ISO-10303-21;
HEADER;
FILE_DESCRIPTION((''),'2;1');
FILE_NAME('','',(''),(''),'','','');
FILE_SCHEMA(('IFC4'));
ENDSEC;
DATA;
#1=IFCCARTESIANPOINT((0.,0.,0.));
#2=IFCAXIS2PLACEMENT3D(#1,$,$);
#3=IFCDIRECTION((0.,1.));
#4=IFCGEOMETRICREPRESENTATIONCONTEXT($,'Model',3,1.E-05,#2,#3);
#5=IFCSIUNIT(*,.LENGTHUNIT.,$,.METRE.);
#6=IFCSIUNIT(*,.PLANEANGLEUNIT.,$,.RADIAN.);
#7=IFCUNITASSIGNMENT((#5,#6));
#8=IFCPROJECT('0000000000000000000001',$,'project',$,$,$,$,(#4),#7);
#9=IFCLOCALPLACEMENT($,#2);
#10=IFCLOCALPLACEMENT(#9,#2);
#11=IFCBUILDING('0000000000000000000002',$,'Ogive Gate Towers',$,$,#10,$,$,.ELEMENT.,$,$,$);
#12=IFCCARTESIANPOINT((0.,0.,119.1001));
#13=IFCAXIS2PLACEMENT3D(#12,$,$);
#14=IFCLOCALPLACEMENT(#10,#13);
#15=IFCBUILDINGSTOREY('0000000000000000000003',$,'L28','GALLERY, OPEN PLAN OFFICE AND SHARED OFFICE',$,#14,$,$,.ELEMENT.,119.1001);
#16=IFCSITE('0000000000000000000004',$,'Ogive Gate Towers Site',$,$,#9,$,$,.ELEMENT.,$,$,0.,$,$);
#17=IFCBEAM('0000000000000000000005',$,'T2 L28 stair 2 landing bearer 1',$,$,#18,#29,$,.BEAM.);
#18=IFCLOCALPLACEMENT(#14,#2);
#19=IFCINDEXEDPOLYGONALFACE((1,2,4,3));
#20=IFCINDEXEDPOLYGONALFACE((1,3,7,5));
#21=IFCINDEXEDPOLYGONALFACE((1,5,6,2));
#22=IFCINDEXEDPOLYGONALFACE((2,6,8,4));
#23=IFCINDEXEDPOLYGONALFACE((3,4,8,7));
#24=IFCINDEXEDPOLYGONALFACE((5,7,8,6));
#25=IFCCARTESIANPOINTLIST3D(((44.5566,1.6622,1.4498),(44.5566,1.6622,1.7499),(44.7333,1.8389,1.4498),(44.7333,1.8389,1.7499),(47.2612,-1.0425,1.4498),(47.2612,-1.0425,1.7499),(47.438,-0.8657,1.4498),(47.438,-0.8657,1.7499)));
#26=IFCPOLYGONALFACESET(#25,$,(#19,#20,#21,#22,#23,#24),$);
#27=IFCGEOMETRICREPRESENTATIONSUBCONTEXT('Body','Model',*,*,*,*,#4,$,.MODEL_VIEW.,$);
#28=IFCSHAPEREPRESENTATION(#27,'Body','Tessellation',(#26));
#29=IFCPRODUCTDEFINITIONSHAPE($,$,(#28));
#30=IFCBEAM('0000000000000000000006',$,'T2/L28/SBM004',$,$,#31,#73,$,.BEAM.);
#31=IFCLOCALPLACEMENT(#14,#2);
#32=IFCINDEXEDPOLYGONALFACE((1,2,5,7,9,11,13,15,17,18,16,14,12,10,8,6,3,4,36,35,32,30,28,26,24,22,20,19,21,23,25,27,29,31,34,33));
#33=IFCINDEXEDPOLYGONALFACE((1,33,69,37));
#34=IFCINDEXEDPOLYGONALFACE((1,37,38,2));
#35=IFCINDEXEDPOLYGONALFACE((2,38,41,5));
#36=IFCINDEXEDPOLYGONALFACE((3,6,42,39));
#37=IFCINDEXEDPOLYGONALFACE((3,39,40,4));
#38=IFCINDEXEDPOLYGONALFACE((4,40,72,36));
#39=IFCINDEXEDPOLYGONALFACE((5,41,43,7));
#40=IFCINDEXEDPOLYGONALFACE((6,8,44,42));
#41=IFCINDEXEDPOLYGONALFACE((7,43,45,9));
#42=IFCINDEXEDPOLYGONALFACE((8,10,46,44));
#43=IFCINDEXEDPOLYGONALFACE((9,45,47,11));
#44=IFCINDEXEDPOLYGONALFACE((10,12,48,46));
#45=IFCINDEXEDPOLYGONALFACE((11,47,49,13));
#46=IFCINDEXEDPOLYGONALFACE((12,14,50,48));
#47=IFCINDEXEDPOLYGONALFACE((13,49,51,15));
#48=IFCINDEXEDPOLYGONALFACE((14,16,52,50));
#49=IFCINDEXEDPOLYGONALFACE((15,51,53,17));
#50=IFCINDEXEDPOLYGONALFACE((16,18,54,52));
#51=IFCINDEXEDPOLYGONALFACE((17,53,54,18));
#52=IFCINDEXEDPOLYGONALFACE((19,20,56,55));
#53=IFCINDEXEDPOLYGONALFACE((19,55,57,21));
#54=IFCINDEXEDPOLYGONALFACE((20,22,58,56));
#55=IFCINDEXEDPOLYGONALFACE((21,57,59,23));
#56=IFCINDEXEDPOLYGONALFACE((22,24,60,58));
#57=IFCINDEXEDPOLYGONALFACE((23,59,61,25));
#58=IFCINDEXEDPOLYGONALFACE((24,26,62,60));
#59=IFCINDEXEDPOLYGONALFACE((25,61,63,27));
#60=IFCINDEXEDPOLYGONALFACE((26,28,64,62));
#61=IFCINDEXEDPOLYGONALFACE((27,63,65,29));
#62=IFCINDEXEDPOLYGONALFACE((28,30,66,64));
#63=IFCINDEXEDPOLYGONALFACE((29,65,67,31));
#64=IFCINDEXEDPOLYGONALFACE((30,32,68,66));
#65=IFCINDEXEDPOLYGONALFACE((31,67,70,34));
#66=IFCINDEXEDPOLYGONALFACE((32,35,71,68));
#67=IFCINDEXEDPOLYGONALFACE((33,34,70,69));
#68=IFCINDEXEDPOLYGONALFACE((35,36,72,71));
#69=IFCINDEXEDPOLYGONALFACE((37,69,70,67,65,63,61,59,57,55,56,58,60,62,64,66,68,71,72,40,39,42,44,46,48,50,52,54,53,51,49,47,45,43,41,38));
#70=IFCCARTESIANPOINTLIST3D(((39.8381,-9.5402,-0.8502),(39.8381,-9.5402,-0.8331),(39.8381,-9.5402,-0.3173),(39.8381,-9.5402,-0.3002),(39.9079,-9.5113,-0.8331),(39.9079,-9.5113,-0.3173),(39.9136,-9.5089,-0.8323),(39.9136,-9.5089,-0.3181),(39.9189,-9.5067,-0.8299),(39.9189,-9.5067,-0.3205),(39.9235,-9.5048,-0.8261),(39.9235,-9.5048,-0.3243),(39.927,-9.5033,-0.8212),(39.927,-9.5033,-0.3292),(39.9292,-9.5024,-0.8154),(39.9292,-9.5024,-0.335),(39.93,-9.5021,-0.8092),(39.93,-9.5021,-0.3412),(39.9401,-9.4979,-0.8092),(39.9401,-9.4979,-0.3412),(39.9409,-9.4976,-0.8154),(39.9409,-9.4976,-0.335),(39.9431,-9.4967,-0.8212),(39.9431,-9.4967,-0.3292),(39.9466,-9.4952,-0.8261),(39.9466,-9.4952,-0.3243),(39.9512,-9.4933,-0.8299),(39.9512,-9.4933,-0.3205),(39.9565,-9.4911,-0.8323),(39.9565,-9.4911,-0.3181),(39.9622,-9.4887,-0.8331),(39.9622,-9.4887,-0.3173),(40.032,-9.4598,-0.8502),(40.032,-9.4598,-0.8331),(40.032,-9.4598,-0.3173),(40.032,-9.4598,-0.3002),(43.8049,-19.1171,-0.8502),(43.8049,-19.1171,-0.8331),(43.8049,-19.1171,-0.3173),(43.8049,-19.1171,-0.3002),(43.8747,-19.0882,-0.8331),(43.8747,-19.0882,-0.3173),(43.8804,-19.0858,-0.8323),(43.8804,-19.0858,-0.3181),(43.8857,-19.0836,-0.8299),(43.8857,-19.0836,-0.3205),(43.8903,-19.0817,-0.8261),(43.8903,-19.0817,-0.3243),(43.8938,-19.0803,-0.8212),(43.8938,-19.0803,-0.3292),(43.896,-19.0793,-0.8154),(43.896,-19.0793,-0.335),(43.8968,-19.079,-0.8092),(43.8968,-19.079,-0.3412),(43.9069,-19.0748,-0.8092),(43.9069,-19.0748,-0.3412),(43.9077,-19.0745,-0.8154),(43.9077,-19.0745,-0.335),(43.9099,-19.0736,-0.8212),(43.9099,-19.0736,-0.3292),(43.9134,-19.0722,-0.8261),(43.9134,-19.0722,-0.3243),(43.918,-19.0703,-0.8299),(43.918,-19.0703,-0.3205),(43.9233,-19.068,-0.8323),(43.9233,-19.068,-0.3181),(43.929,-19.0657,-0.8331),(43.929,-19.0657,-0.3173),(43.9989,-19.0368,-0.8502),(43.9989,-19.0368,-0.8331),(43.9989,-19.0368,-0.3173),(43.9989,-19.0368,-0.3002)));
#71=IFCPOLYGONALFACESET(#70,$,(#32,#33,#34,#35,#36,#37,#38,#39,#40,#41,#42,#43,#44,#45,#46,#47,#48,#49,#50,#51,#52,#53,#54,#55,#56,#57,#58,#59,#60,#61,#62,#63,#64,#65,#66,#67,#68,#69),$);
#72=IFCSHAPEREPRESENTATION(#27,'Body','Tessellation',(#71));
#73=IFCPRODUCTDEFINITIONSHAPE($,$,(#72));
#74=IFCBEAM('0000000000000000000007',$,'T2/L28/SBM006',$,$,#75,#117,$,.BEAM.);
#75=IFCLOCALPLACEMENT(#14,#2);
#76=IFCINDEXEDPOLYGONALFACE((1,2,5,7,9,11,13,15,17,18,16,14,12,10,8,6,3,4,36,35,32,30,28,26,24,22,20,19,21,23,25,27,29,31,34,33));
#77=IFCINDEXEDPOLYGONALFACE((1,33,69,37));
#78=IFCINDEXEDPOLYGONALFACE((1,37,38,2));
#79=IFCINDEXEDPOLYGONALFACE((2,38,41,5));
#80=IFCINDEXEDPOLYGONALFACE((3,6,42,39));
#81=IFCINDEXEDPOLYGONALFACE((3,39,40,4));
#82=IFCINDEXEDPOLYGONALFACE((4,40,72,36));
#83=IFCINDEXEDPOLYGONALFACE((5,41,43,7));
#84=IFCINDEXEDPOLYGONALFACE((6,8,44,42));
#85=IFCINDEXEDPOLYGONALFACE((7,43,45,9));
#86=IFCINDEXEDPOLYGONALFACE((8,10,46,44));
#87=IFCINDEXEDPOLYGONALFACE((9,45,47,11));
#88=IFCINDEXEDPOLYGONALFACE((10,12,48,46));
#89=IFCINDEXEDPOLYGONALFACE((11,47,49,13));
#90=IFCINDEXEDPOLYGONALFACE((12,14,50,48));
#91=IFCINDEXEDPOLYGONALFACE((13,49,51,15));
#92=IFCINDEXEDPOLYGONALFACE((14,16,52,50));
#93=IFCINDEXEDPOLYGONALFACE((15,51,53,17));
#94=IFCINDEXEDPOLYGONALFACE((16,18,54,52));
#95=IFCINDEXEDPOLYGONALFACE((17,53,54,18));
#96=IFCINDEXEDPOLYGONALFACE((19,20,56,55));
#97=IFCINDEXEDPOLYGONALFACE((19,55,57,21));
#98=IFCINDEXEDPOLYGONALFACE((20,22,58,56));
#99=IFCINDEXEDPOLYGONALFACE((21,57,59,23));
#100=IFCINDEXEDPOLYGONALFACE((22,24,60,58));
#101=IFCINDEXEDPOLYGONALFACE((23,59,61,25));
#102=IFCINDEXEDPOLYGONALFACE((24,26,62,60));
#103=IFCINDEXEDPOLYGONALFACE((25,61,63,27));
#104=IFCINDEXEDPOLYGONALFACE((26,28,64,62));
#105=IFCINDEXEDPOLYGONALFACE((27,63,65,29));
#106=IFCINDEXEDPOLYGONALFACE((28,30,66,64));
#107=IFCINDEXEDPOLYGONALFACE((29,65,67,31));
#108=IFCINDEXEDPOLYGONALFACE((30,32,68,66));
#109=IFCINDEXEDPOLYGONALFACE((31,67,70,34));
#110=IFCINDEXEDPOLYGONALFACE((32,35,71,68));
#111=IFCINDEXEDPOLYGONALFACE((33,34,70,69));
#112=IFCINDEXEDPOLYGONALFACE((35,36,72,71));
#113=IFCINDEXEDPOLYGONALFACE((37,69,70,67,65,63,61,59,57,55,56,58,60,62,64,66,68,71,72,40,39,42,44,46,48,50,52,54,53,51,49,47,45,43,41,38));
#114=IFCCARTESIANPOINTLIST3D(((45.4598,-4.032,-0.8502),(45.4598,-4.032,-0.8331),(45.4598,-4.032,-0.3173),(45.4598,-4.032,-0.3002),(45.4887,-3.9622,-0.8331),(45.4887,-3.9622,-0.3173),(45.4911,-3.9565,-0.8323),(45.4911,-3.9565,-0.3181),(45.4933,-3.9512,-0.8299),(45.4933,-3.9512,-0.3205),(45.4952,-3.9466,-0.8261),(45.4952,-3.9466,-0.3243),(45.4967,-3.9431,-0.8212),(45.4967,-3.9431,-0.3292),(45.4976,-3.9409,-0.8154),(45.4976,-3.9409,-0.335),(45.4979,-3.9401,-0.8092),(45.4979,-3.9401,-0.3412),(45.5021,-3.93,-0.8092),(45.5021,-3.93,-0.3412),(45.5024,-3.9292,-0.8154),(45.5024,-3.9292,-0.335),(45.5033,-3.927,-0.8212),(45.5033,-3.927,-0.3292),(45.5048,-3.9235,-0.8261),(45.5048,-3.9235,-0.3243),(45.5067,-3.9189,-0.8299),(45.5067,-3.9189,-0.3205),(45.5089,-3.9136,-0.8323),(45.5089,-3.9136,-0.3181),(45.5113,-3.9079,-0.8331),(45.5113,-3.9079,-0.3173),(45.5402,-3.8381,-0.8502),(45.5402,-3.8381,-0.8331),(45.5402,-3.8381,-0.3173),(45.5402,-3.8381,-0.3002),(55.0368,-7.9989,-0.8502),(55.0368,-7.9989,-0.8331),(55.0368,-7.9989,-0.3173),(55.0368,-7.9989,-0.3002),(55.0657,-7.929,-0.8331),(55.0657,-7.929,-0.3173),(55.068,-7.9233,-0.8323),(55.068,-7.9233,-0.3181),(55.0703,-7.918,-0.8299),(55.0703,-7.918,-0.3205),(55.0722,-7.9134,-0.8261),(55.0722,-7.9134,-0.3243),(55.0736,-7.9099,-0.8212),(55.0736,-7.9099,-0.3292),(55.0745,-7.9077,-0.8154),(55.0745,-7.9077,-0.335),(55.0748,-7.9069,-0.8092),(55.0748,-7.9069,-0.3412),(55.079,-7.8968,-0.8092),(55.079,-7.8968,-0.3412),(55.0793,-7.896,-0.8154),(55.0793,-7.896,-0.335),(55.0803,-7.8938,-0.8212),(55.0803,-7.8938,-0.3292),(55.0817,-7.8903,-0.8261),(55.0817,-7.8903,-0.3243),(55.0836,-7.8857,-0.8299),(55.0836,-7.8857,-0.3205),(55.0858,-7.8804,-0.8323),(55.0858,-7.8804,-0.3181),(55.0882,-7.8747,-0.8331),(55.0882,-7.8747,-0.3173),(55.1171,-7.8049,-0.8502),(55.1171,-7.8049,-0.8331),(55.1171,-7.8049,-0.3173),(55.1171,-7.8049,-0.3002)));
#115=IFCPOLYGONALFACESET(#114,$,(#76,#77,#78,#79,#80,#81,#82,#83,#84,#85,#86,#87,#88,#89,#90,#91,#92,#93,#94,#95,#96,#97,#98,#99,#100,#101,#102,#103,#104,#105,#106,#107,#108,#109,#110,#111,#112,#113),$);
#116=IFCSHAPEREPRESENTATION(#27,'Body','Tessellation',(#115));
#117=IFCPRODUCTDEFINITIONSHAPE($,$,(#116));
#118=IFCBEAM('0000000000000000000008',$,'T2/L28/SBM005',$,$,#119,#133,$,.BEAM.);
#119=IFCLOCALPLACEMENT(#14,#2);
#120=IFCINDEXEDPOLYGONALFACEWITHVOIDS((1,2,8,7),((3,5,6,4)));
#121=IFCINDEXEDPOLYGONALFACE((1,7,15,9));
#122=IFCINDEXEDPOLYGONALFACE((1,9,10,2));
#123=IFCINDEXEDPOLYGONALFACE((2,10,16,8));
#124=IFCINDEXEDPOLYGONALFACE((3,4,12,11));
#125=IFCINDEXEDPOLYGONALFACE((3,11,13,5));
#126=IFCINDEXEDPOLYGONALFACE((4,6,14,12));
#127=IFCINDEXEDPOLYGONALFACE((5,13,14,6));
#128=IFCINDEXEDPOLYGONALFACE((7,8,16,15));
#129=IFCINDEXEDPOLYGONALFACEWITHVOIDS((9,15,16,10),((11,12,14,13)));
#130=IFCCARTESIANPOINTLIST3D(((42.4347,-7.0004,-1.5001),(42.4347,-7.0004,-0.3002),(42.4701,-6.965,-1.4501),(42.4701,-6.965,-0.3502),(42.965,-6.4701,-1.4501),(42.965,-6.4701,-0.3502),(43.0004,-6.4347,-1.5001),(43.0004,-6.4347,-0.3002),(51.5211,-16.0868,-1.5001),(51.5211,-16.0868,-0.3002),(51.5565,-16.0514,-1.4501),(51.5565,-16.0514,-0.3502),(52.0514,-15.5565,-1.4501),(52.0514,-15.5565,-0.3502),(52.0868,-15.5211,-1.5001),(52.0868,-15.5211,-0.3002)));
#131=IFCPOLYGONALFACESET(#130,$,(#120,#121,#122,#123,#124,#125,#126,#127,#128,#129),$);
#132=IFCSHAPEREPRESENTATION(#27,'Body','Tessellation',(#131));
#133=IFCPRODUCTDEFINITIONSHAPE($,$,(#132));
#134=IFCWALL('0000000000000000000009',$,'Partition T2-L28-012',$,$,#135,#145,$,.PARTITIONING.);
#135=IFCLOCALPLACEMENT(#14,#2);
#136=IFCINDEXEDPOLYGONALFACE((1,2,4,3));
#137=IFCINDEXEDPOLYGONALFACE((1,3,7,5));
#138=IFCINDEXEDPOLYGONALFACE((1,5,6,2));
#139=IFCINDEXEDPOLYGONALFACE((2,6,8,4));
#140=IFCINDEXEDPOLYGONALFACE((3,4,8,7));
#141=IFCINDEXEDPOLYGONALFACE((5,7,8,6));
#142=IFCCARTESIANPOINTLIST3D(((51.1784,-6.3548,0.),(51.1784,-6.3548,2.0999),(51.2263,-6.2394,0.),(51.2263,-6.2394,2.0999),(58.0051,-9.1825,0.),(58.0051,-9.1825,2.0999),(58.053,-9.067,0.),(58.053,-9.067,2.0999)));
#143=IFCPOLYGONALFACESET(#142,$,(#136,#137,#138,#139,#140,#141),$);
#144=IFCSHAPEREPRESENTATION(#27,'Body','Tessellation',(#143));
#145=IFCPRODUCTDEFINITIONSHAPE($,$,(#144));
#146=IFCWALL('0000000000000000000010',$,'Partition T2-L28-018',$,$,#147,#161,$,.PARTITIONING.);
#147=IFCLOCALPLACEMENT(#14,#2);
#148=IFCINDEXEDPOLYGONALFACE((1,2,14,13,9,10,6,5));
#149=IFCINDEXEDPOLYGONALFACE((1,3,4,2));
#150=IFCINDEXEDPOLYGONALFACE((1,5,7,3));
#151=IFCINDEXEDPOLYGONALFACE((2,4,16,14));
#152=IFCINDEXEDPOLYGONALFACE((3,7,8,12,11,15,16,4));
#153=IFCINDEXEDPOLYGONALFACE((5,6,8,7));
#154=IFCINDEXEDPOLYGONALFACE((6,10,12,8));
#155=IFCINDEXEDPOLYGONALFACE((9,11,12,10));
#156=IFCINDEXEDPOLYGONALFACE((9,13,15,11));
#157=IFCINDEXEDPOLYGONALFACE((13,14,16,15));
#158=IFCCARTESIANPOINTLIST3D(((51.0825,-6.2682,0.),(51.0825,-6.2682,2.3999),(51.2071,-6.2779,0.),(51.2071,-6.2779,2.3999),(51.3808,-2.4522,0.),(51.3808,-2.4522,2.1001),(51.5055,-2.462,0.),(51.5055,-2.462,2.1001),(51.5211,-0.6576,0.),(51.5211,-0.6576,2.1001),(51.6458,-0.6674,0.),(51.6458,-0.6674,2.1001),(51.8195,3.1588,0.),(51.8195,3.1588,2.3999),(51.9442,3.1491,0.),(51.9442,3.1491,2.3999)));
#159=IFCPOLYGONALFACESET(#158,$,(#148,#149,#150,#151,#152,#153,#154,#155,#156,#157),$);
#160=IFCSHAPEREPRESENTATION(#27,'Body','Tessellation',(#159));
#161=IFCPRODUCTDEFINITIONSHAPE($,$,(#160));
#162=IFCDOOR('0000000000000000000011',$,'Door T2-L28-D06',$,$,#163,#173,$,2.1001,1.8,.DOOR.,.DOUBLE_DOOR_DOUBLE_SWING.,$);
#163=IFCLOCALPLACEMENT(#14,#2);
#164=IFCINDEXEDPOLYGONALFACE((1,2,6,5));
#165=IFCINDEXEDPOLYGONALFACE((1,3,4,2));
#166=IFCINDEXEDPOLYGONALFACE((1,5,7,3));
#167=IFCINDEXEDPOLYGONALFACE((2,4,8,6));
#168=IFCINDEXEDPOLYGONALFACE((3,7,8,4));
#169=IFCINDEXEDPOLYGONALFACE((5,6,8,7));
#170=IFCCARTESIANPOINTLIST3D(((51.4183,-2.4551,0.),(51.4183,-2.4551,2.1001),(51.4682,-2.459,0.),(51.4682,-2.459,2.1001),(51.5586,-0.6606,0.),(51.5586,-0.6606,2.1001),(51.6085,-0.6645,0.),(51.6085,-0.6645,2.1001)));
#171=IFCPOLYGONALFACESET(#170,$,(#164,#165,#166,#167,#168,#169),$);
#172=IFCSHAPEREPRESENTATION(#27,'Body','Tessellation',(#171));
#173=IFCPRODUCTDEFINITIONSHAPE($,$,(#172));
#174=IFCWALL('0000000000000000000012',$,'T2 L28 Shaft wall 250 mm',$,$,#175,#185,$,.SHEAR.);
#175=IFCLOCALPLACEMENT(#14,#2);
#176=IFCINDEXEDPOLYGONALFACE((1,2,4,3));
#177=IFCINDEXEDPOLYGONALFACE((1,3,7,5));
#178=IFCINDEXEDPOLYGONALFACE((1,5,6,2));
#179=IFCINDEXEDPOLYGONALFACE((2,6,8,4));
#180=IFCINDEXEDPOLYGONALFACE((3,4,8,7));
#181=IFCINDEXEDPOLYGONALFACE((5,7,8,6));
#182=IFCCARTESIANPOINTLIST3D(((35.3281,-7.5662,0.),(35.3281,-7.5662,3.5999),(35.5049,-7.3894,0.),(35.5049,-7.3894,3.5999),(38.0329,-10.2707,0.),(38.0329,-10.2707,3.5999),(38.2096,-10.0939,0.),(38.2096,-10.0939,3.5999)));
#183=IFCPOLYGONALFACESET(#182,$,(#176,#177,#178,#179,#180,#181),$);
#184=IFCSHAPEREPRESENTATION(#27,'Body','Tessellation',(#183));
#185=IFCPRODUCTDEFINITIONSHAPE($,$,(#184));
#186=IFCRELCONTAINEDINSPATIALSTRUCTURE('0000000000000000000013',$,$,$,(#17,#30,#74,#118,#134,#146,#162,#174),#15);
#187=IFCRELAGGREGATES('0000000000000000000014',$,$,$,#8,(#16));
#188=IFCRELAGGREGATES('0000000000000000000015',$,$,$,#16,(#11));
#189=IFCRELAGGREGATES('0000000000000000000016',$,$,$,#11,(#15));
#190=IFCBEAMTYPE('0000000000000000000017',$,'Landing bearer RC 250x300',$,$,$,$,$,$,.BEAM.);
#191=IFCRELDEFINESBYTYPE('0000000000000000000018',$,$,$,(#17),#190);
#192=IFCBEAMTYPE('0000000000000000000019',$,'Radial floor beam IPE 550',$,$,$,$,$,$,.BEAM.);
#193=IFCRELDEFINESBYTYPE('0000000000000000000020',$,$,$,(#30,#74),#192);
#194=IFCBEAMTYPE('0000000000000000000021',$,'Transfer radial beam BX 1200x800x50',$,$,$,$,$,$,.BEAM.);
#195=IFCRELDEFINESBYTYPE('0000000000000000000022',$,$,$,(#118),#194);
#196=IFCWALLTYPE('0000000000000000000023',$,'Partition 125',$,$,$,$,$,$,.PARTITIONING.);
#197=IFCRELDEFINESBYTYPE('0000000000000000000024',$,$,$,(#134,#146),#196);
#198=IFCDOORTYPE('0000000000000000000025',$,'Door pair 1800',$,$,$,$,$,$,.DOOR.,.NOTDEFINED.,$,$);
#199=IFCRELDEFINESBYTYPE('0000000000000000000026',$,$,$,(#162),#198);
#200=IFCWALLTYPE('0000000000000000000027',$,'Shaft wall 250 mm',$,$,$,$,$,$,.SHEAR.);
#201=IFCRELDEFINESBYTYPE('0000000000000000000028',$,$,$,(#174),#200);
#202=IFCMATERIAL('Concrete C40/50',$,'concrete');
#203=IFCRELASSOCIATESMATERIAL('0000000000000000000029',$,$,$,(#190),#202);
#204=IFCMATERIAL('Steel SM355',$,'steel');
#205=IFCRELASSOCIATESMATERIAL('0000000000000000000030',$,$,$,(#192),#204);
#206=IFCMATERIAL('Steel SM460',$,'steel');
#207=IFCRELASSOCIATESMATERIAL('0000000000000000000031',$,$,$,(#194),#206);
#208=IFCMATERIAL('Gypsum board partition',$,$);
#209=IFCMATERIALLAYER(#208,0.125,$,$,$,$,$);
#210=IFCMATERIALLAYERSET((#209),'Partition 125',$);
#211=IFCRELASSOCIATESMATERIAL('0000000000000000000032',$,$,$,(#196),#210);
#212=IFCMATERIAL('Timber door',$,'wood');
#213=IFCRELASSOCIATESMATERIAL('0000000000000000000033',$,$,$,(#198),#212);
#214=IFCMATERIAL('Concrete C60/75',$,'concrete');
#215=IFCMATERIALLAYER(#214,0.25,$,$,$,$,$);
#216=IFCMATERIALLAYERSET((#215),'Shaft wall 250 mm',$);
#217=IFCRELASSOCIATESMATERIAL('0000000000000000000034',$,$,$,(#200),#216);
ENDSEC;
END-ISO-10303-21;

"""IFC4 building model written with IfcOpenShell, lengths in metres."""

from ifc_helpers import new_model, si_unit, direction, frame, frame_2d, origin, origin_2d, place, context, subcontext, project, spatial, rectangle, hollow_rectangle, i_section, extrude, material, layer, layer_set, material_profile, profile_set, type_object, element, fill, save


model = new_model("IFC4")

# Units and contexts
model_context = context("Model", 3, precision=1e-05, world=origin(), true_north=direction((0.0, 1.0)))
body_context = subcontext(model_context, "Body", "Model", "MODEL_VIEW")
ifc_project = project(units=[si_unit("LENGTHUNIT", "METRE"), si_unit("PLANEANGLEUNIT", "RADIAN")], contexts=[model_context])

# Site, building, storey
site_placement = place(None, origin())
site = spatial("IfcSite", under=ifc_project, at=site_placement, Name="Ogive Gate Towers Site", CompositionType="ELEMENT", RefElevation=0.0)
building_placement = place(site_placement, origin())
building = spatial("IfcBuilding", under=site, at=building_placement, Name="Ogive Gate Towers", CompositionType="ELEMENT")
storey_placement = place(building_placement, frame((0.0, 0.0, 119.1001)))
storey = spatial("IfcBuildingStorey", under=building, at=storey_placement, Name="L28", Description="GALLERY, OPEN PLAN OFFICE AND SHARED OFFICE", CompositionType="ELEMENT", Elevation=119.1001)

# Beams
ifc_material_1 = material(Name="Concrete C40/50", Category="concrete")
ifc_material_profile_1 = material_profile(ifc_material_1, rectangle(XDim=0.25, YDim=0.3, at=origin_2d()), Name="RC 250x300")
ifc_profile_set_1 = profile_set([ifc_material_profile_1], Name="Concrete C40/50")
beam_type_1 = type_object("IfcBeamType", Name="Landing bearer RC 250x300", PredefinedType="BEAM", material=ifc_profile_set_1)
beam_1_placement = place(storey_placement, frame((47.3496, -0.9541, 1.5999), z_axis=(-0.707107, 0.707107, 0.0), x_axis=(-0.707107, -0.707107, 0.0)))
element("IfcBeam", 1, at=beam_1_placement, inside=storey, type_object=beam_type_1, Name="T2 L28 stair 2 landing bearer 1", PredefinedType="BEAM", context=body_context, shape_type="SweptSolid", body=[
    extrude(rectangle(XDim=0.25, YDim=0.3, at=origin_2d()), origin(), (0.0, 0.0, 1.0), 3.825),
])
ifc_material_2 = material(Name="Steel SM355", Category="steel")
ifc_material_profile_2 = material_profile(ifc_material_2, i_section(OverallWidth=0.21, OverallDepth=0.55, WebThickness=0.011, FlangeThickness=0.0171, FilletRadius=0.0239, at=origin_2d()), Name="IPE 550")
ifc_profile_set_2 = profile_set([ifc_material_profile_2], Name="Steel SM355")
beam_type_2 = type_object("IfcBeamType", Name="Radial floor beam IPE 550", PredefinedType="BEAM", material=ifc_profile_set_2)
for number, where, z_axis, x_axis, name in (
    (2, (39.9351, -9.5, -0.5752), (0.382676, -0.923882, 0.0), (0.923882, 0.382676, 0.0), "T2/L28/SBM004"),
    (3, (45.5, -3.9351, -0.5752), (0.923882, -0.382676, 0.0), (0.382676, 0.923882, 0.0), "T2/L28/SBM006"),
):
    element("IfcBeam", number, at=place(storey_placement, frame(where, z_axis=z_axis, x_axis=x_axis)), inside=storey, type_object=beam_type_2, Name=name, PredefinedType="BEAM", context=body_context, shape_type="SweptSolid", body=[
        extrude(i_section(OverallWidth=0.21, OverallDepth=0.55, WebThickness=0.011, FlangeThickness=0.0171, FilletRadius=0.0239, at=origin_2d()), origin(), (0.0, 0.0, 1.0), 10.366),
    ])
ifc_material_3 = material(Name="Steel SM460", Category="steel")
ifc_material_profile_3 = material_profile(ifc_material_3, hollow_rectangle(XDim=0.8, YDim=1.2, WallThickness=0.05, at=origin_2d()), Name="BX 1200x800x50")
ifc_profile_set_3 = profile_set([ifc_material_profile_3], Name="Steel SM460")
beam_type_3 = type_object("IfcBeamType", Name="Transfer radial beam BX 1200x800x50", PredefinedType="BEAM", material=ifc_profile_set_3)
beam_2_placement = place(storey_placement, frame((42.7175, -6.7175, -0.9001), z_axis=(0.707107, -0.707107, 0.0), x_axis=(0.707107, 0.707107, 0.0)))
element("IfcBeam", 4, at=beam_2_placement, inside=storey, type_object=beam_type_3, Name="T2/L28/SBM005", PredefinedType="BEAM", context=body_context, shape_type="SweptSolid", body=[
    extrude(hollow_rectangle(XDim=0.8, YDim=1.2, WallThickness=0.05, at=origin_2d()), origin(), (0.0, 0.0, 1.0), 12.8501),
])

# Wall
ifc_material_4 = material(Name="Gypsum board partition")
ifc_layer_1 = layer(ifc_material_4, 0.125)
ifc_layer_set_1 = layer_set([ifc_layer_1], Name="Partition 125")
wall_type_1 = type_object("IfcWallType", Name="Partition 125", PredefinedType="PARTITIONING", material=ifc_layer_set_1)
wall_1_placement = place(storey_placement, frame((58.0291, -9.1248, 0.0), z_axis=(0.0, 0.0, 1.0), x_axis=(-0.923882, 0.382677, 0.0)))
element("IfcWall", 5, at=wall_1_placement, inside=storey, type_object=wall_type_1, Name="Partition T2-L28-012", PredefinedType="PARTITIONING", context=body_context, shape_type="SweptSolid", body=[
    extrude(rectangle(XDim=7.3892, YDim=0.125, at=frame_2d((3.6946, 0.0))), origin(), (0.0, 0.0, 1.0), 2.0999),
])

# Wall, opening, door
wall_2_placement = place(storey_placement, frame((51.1448, -6.2732, 0.0), z_axis=(0.0, 0.0, 1.0), x_axis=(0.077948, 0.996957, 0.0)))
wall_2 = element("IfcWall", 6, at=wall_2_placement, inside=storey, type_object=wall_type_1, Name="Partition T2-L28-018", PredefinedType="PARTITIONING", context=body_context, shape_type="SweptSolid", body=[
    extrude(rectangle(XDim=9.4558, YDim=0.125, at=frame_2d((4.728, 0.0))), origin(), (0.0, 0.0, 1.0), 2.3999),
])
opening_1_placement = place(wall_2_placement, frame((3.8279, 0.0, 0.0)))
opening_1 = element("IfcOpeningElement", 7, at=opening_1_placement, cuts=wall_2, PredefinedType="OPENING", context=body_context, shape_type="SweptSolid", body=[
    extrude(rectangle(XDim=1.8, YDim=2.1001, at=frame_2d((0.8999, 1.05))), frame((0.0, 0.0725, 0.0), z_axis=(0.0, -1.0, 0.0), x_axis=(1.0, 0.0, 0.0)), (0.0, 0.0, 1.0), 0.145),
])
ifc_material_5 = material(Name="Timber door", Category="wood")
door_type_1 = type_object("IfcDoorType", Name="Door pair 1800", OperationType="NOTDEFINED", PredefinedType="DOOR", material=ifc_material_5)
door_1_placement = place(opening_1_placement, origin())
door_1 = element("IfcDoor", 8, at=door_1_placement, inside=storey, type_object=door_type_1, Name="Door T2-L28-D06", OperationType="DOUBLE_DOOR_DOUBLE_SWING", OverallHeight=2.1001, OverallWidth=1.8, PredefinedType="DOOR", context=body_context, shape_type="SweptSolid", body=[
    extrude(rectangle(XDim=1.8, YDim=2.1001, at=frame_2d((0.8999, 1.05))), frame((0.0, 0.0249, 0.0), z_axis=(0.0, -1.0, 0.0), x_axis=(1.0, 0.0, 0.0)), (0.0, 0.0, 1.0), 0.05),
])
fill(opening_1, door_1)

# Wall
ifc_material_6 = material(Name="Concrete C60/75", Category="concrete")
ifc_layer_2 = layer(ifc_material_6, 0.25)
ifc_layer_set_2 = layer_set([ifc_layer_2], Name="Shaft wall 250 mm")
wall_type_2 = type_object("IfcWallType", Name="Shaft wall 250 mm", PredefinedType="SHEAR", material=ifc_layer_set_2)
wall_3_placement = place(storey_placement, frame((38.1213, -10.1824, 0.0), z_axis=(0.0, 0.0, 1.0), x_axis=(-0.707139, 0.707075, 0.0)))
element("IfcWall", 9, at=wall_3_placement, inside=storey, type_object=wall_type_2, Name="T2 L28 Shaft wall 250 mm", PredefinedType="SHEAR", context=body_context, shape_type="SweptSolid", body=[
    extrude(rectangle(XDim=3.825, YDim=0.25, at=frame_2d((1.9126, 0.0))), origin(), (0.0, 0.0, 1.0), 3.5999),
])

save(model, "model.ifc")
